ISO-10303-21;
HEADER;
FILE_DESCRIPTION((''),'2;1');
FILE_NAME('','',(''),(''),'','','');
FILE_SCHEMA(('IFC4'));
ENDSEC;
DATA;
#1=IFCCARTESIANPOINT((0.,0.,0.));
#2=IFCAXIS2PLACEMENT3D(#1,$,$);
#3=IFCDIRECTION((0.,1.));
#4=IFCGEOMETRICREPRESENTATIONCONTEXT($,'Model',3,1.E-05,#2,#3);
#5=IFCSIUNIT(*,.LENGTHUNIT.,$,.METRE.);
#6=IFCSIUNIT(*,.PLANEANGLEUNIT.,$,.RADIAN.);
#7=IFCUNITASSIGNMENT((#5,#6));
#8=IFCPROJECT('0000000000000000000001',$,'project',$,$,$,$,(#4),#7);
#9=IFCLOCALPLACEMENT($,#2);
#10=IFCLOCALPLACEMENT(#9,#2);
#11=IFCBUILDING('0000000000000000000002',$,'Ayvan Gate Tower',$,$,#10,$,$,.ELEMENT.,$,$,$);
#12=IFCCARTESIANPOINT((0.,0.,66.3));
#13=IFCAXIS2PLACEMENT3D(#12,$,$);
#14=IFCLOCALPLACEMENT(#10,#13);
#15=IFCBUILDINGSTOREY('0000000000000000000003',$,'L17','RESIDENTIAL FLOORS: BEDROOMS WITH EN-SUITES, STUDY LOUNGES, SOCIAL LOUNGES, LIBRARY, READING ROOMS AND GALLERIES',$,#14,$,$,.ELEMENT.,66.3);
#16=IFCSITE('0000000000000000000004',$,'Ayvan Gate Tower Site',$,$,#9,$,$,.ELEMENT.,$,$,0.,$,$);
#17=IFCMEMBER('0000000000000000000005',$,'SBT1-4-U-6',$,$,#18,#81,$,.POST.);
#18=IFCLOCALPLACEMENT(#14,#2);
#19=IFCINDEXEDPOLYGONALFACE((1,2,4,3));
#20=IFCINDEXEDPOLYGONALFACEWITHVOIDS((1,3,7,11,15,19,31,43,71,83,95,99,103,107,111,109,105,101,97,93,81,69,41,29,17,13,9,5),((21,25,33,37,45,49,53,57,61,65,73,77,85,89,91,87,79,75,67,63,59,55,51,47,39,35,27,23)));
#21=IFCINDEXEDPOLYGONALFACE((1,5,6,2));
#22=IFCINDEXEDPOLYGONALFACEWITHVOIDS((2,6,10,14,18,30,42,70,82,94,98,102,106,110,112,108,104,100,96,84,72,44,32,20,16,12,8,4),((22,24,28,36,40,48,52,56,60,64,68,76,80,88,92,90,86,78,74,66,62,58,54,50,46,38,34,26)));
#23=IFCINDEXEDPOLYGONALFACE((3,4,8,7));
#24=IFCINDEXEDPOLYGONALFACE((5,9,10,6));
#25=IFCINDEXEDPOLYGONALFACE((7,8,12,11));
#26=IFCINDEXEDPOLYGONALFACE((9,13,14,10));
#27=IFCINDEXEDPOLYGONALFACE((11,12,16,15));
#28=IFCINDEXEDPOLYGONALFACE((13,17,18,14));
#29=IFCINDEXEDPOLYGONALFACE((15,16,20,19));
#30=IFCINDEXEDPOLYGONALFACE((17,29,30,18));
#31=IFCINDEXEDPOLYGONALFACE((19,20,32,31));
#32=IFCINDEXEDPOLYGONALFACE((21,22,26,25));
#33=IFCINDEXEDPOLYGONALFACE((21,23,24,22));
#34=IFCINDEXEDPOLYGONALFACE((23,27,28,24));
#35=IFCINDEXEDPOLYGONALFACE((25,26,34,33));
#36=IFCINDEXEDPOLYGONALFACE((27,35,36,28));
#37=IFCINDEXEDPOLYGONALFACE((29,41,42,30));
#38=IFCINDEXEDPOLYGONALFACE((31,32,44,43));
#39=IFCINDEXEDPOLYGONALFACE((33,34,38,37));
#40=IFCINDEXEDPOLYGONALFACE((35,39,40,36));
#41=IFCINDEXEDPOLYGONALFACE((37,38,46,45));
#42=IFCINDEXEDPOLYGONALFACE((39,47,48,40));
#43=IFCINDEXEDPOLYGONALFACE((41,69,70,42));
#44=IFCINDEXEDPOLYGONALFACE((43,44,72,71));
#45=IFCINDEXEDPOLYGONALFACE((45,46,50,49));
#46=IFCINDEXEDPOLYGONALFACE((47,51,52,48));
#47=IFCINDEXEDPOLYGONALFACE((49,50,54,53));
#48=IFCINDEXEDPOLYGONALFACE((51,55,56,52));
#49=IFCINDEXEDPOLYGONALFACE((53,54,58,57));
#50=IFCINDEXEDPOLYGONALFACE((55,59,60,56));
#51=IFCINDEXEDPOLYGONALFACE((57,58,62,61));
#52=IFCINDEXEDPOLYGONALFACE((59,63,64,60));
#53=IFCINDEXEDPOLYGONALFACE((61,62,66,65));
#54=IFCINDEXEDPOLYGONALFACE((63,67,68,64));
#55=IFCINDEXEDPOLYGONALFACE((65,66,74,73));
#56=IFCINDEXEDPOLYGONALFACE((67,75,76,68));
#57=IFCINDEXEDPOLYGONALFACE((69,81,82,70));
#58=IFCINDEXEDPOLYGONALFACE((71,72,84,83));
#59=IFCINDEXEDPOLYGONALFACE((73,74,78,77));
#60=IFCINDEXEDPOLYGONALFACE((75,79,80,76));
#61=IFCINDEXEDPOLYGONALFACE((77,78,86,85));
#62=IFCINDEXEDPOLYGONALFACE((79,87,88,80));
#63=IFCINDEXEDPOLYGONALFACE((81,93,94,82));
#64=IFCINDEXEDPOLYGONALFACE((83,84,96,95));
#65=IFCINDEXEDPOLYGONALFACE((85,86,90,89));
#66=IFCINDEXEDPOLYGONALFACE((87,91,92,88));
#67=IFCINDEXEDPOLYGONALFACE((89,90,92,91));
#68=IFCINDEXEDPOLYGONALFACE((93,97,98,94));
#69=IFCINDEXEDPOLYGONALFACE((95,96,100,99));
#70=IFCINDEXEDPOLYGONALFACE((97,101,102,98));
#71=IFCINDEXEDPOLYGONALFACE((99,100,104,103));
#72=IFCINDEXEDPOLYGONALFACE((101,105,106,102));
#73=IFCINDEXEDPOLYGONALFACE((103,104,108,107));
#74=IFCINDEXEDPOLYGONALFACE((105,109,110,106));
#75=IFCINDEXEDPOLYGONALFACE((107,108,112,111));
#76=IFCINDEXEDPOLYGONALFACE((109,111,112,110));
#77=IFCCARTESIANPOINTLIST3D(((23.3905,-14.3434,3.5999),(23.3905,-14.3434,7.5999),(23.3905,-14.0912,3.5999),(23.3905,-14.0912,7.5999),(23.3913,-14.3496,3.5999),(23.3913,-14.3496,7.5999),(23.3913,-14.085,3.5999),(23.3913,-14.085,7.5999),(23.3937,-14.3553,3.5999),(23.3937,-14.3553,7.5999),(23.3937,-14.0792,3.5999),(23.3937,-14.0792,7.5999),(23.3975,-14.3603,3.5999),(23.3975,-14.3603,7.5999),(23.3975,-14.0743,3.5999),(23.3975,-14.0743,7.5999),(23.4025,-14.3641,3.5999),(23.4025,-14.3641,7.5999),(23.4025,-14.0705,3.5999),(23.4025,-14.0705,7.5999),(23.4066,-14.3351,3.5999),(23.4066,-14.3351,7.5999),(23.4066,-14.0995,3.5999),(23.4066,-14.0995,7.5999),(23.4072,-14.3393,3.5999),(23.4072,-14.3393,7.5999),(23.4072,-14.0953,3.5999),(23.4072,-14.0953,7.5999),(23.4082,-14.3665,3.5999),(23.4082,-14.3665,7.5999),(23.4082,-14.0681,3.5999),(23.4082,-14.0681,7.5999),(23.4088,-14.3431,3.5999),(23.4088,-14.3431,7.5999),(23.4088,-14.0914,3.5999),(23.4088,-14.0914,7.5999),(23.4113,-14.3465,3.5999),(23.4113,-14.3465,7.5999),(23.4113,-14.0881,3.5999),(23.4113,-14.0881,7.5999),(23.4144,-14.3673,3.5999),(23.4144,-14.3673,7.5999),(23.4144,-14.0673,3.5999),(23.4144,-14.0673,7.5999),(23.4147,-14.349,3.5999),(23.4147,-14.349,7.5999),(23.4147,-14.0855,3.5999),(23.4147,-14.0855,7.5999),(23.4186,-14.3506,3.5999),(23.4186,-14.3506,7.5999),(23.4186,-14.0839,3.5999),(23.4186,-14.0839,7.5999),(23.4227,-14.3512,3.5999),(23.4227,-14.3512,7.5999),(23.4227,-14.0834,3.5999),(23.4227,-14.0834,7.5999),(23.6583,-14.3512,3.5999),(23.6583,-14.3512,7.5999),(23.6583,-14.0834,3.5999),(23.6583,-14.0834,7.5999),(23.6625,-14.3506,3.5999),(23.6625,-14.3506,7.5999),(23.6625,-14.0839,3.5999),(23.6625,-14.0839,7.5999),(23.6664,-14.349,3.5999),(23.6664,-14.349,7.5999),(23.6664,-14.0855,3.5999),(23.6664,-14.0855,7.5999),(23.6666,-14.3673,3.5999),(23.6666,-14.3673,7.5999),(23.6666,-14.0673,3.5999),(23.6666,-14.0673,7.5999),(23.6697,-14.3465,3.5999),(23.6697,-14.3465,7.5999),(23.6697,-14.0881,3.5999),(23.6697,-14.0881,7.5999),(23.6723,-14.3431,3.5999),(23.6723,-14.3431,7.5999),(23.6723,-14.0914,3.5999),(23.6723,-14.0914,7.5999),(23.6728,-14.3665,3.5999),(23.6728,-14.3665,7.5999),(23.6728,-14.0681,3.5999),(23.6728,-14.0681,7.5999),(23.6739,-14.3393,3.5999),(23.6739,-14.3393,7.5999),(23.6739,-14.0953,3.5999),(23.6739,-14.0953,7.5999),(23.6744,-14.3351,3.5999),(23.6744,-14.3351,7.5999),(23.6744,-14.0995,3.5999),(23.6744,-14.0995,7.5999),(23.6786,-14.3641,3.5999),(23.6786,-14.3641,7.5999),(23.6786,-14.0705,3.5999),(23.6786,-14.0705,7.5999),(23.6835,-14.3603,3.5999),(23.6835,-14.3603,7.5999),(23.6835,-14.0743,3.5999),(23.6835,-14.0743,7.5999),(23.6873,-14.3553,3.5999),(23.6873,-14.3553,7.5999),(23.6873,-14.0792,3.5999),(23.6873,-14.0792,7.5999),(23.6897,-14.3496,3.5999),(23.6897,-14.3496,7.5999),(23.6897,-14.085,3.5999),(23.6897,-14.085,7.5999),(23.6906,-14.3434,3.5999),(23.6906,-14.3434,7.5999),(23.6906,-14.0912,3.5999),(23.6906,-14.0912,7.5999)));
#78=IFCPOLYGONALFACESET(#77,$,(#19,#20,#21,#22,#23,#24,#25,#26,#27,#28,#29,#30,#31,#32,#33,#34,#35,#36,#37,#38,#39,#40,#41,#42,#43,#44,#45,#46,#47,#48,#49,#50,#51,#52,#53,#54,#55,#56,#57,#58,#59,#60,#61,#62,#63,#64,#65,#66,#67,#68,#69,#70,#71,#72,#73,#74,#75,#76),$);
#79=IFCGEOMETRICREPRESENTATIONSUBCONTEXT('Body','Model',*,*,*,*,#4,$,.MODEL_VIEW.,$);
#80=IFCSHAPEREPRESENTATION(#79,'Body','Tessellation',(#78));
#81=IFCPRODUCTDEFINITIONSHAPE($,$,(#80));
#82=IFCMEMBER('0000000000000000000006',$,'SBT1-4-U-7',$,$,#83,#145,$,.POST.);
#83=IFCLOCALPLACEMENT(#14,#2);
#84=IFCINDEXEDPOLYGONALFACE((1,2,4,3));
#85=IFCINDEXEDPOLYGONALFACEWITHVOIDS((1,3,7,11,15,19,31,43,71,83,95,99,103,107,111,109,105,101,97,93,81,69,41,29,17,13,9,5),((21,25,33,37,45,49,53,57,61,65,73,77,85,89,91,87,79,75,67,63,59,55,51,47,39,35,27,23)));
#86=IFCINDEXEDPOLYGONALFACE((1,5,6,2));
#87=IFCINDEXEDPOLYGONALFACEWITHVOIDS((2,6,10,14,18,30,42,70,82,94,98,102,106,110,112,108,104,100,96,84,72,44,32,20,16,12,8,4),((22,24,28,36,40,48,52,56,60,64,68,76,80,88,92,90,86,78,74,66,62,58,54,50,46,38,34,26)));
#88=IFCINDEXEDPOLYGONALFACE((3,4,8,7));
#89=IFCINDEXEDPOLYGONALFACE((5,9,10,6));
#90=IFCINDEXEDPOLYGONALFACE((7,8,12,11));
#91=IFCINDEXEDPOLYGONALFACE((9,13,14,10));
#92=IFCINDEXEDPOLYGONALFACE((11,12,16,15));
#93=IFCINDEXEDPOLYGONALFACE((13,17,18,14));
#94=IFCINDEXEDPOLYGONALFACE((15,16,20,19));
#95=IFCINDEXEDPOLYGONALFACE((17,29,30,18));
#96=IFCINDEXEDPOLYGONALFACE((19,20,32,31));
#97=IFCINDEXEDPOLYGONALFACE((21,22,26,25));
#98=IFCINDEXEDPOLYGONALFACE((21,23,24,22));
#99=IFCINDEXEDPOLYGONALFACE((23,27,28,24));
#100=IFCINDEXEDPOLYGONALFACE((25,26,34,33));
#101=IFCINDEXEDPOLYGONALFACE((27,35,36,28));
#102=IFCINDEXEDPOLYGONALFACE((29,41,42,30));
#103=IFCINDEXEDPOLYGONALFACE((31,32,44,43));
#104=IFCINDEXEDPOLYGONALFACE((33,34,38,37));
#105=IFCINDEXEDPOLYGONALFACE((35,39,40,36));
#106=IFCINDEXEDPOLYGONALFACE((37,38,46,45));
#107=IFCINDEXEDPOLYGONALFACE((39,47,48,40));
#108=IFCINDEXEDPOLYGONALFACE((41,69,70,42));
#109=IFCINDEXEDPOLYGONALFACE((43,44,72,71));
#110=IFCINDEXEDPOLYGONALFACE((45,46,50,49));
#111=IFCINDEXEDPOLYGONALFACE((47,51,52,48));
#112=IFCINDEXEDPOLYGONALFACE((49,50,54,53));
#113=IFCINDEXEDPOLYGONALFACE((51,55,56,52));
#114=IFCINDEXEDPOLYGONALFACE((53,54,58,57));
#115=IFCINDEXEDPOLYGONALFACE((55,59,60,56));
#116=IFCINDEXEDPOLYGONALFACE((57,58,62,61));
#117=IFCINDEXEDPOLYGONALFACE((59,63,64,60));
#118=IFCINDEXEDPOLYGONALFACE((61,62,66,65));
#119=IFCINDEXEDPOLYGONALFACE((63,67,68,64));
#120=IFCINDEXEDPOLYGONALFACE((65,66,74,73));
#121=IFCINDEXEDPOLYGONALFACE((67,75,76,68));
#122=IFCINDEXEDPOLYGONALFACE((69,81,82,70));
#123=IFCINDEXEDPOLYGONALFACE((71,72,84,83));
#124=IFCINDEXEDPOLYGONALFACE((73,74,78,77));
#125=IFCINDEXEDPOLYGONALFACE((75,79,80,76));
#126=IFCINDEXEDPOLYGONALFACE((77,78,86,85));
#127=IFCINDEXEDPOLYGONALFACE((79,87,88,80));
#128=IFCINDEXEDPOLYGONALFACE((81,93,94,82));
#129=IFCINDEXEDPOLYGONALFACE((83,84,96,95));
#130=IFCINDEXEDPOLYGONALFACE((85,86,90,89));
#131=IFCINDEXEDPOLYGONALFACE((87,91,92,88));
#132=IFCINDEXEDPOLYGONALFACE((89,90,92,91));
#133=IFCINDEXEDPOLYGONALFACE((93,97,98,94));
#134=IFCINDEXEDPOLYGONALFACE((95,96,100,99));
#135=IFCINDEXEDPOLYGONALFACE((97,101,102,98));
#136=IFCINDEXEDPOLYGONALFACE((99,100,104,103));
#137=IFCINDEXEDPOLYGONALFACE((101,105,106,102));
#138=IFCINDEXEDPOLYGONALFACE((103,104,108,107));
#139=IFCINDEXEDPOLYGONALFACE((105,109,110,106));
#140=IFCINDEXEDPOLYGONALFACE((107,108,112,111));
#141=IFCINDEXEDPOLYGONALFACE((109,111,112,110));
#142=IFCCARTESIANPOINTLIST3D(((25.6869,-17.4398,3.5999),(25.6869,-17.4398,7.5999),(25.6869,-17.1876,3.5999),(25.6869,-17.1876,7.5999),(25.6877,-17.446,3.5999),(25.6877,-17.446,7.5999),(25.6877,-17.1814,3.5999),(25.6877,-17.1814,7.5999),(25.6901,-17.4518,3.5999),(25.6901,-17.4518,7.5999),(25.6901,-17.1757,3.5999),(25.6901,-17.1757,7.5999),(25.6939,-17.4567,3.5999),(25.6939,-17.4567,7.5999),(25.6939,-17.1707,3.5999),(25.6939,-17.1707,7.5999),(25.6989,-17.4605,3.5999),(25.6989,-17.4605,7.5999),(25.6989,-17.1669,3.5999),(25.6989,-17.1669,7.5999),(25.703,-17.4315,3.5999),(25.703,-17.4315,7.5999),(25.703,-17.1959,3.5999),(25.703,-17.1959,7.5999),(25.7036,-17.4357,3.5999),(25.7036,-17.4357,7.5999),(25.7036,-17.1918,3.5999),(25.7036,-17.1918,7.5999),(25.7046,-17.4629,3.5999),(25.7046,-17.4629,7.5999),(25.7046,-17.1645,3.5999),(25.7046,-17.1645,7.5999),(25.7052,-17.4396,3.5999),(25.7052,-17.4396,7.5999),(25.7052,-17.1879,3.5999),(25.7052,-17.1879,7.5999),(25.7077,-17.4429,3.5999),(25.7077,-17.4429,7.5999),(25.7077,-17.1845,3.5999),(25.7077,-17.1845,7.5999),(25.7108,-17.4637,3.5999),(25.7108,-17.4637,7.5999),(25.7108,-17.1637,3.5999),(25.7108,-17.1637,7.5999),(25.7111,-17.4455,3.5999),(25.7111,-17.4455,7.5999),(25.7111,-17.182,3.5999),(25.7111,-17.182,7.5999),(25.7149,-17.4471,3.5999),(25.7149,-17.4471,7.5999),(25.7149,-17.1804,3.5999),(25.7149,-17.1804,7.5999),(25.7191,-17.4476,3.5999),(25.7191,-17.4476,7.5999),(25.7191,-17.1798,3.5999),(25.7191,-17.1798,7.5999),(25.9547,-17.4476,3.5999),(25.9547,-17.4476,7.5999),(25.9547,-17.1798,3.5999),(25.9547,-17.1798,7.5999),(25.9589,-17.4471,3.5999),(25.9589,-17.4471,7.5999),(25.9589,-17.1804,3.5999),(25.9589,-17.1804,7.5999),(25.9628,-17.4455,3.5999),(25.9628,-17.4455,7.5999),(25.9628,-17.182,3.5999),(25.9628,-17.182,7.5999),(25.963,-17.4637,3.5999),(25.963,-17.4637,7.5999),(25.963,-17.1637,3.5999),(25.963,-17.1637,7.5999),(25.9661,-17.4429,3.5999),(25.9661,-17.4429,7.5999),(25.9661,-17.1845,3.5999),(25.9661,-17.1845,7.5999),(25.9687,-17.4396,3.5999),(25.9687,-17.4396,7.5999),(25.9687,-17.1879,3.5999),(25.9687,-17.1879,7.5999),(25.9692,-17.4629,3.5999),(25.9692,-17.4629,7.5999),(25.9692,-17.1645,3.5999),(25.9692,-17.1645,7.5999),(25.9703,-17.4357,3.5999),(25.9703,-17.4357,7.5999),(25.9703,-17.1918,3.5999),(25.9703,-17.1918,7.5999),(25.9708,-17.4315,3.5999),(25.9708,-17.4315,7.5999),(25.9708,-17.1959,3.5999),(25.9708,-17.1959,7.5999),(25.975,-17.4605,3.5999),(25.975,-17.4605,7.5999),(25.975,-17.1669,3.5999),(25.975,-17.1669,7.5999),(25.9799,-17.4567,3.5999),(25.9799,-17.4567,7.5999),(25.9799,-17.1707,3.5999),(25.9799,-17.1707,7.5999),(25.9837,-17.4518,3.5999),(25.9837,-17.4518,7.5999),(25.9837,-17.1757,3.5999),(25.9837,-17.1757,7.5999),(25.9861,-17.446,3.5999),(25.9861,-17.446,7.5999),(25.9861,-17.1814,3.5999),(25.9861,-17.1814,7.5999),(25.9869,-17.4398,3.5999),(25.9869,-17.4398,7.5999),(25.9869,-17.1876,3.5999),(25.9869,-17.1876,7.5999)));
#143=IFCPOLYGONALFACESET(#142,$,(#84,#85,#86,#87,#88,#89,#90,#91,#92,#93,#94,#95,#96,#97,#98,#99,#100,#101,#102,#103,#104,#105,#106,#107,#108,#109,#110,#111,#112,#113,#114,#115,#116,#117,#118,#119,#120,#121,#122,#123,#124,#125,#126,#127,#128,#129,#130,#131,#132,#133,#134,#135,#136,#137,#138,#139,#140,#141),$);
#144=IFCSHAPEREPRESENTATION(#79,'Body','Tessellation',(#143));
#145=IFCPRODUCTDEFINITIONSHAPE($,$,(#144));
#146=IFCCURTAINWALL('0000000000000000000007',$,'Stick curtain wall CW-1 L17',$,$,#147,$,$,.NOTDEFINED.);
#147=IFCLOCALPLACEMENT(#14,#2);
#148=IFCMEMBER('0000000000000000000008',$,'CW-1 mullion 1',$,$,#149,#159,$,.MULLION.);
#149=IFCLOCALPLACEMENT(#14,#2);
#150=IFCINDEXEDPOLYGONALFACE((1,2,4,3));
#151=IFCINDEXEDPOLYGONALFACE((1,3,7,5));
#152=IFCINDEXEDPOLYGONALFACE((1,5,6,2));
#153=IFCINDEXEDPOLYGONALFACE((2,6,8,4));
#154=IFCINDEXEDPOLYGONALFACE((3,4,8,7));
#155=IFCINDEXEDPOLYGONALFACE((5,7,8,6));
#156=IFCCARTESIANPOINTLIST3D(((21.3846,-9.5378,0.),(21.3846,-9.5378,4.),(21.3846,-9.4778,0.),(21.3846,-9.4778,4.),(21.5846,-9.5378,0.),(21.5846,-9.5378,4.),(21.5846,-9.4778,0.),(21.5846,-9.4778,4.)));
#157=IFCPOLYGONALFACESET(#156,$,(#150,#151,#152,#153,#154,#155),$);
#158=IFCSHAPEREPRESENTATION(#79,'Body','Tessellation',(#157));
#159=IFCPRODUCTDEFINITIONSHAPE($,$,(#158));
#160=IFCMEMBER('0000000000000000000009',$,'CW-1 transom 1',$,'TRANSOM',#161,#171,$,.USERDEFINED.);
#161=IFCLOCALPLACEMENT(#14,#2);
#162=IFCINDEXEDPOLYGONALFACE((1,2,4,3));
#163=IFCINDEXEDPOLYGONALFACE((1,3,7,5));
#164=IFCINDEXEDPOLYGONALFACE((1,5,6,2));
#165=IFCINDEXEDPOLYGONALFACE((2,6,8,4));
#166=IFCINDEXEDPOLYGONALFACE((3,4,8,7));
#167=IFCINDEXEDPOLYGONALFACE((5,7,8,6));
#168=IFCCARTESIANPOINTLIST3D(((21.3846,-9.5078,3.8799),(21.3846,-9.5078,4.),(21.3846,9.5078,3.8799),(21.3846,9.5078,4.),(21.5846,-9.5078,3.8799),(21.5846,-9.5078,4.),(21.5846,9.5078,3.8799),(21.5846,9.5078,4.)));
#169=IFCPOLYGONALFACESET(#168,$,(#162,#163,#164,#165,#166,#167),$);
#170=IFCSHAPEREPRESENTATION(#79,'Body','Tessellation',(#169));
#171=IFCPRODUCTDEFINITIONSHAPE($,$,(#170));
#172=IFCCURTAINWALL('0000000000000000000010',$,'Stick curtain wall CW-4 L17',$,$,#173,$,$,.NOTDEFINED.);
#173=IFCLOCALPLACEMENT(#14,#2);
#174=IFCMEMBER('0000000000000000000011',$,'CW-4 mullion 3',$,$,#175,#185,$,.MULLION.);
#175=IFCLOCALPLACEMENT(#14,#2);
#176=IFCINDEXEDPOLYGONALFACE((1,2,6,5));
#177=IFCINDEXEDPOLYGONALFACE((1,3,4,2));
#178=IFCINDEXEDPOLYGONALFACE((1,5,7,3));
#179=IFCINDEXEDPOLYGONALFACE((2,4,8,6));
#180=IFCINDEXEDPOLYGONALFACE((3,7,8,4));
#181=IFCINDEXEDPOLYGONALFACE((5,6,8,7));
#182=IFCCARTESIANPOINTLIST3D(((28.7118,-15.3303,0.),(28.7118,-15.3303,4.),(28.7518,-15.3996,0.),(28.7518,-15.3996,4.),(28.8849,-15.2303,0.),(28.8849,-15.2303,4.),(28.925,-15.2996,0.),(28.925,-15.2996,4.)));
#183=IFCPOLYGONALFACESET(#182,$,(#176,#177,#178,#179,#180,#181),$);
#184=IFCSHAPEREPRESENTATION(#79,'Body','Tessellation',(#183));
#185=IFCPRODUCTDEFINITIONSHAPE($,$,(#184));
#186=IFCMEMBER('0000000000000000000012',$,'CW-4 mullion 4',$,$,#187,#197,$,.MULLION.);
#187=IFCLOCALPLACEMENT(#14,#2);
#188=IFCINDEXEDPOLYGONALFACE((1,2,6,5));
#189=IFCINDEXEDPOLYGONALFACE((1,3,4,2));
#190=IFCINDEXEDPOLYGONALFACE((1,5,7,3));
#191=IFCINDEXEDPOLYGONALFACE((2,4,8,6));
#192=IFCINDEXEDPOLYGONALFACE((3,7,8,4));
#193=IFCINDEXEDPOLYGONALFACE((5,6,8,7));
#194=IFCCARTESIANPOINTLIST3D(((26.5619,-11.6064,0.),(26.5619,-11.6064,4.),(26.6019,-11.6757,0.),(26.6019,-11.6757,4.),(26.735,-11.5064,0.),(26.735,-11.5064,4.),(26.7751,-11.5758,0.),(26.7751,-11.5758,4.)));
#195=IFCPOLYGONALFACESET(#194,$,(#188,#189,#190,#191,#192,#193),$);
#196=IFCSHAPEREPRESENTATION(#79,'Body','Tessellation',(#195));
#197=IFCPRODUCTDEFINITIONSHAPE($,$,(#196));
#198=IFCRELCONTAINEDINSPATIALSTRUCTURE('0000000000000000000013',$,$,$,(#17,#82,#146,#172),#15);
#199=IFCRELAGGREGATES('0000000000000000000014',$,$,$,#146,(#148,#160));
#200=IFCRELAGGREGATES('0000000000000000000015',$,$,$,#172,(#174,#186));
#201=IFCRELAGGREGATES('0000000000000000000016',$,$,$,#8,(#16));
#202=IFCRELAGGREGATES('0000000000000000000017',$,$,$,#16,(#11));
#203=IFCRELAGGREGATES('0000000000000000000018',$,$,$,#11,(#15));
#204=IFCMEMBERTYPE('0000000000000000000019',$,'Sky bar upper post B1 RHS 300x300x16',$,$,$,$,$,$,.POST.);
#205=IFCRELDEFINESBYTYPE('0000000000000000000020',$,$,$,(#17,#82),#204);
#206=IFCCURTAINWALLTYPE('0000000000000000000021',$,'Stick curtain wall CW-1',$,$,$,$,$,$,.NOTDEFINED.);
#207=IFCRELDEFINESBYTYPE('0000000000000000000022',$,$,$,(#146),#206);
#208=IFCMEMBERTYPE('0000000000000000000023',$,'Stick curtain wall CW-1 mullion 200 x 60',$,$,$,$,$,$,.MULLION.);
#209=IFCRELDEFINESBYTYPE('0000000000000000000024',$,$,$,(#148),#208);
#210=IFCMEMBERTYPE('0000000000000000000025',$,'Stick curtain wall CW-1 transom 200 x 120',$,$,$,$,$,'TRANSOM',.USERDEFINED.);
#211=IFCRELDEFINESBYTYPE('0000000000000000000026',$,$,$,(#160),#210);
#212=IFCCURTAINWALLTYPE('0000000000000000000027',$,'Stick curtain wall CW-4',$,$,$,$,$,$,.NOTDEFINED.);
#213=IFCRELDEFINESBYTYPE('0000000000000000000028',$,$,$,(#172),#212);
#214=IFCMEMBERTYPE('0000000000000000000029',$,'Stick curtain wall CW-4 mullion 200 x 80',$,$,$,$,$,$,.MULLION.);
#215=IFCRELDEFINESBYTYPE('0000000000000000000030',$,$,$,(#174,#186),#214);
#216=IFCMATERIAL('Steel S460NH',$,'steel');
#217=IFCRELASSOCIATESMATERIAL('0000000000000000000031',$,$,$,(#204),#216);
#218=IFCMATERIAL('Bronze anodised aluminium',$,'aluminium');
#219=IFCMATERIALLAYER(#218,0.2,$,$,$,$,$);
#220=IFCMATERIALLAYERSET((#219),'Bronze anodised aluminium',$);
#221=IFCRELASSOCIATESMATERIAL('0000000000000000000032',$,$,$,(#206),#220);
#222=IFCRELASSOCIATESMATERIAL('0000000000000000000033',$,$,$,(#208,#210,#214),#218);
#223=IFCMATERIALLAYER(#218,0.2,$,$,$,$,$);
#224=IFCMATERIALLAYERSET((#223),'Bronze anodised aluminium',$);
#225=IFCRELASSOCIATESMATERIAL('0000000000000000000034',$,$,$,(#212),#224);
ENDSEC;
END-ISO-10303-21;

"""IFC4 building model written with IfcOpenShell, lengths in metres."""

from ifc_helpers import new_model, si_unit, direction, frame, origin, origin_2d, place, context, subcontext, project, spatial, rectangle, hollow_rectangle, extrude, material, layer, layer_set, material_profile, profile_set, type_object, element, aggregate, save


model = new_model("IFC4")

# Units and contexts
model_context = context("Model", 3, precision=1e-05, world=origin(), true_north=direction((0.0, 1.0)))
body_context = subcontext(model_context, "Body", "Model", "MODEL_VIEW")
ifc_project = project(units=[si_unit("LENGTHUNIT", "METRE"), si_unit("PLANEANGLEUNIT", "RADIAN")], contexts=[model_context])

# Site, building, storey
site_placement = place(None, origin())
site = spatial("IfcSite", under=ifc_project, at=site_placement, Name="Ayvan Gate Tower Site", CompositionType="ELEMENT", RefElevation=0.0)
building_placement = place(site_placement, origin())
building = spatial("IfcBuilding", under=site, at=building_placement, Name="Ayvan Gate Tower", CompositionType="ELEMENT")
storey_placement = place(building_placement, frame((0.0, 0.0, 66.3)))
storey = spatial("IfcBuildingStorey", under=building, at=storey_placement, Name="L17", Description="RESIDENTIAL FLOORS: BEDROOMS WITH EN-SUITES, STUDY LOUNGES, SOCIAL LOUNGES, LIBRARY, READING ROOMS AND GALLERIES", CompositionType="ELEMENT", Elevation=66.3)

# Members
ifc_material_1 = material(Name="Steel S460NH", Category="steel")
ifc_material_profile_1 = material_profile(ifc_material_1, hollow_rectangle(XDim=0.3, YDim=0.3, WallThickness=0.0161, InnerFilletRadius=0.0161, OuterFilletRadius=0.0239, at=origin_2d()), Name="RHS 300x300x16")
ifc_profile_set_1 = profile_set([ifc_material_profile_1], Name="Steel S460NH")
member_type_1 = type_object("IfcMemberType", Name="Sky bar upper post B1 RHS 300x300x16", PredefinedType="POST", material=ifc_profile_set_1)
for number, where, z_axis, x_axis, name in (
    (1, (23.5405, -14.2173, 3.5999), (0.0, 0.0, 1.0), (1.0, 0.0, 0.0), "SBT1-4-U-6"),
    (2, (25.8369, -17.3137, 3.5999), (0.0, 0.0, 1.0), (1.0, 0.0, 0.0), "SBT1-4-U-7"),
):
    element("IfcMember", number, at=place(storey_placement, frame(where, z_axis=z_axis, x_axis=x_axis)), inside=storey, type_object=member_type_1, Name=name, PredefinedType="POST", context=body_context, shape_type="SweptSolid", body=[
        extrude(hollow_rectangle(XDim=0.3, YDim=0.3, WallThickness=0.0161, InnerFilletRadius=0.0161, OuterFilletRadius=0.0239, at=origin_2d()), origin(), (0.0, 0.0, 1.0), 4.0),
    ])

# Curtain walls, members
ifc_material_2 = material(Name="Bronze anodised aluminium", Category="aluminium")
ifc_layer_1 = layer(ifc_material_2, 0.2)
ifc_layer_set_1 = layer_set([ifc_layer_1], Name="Bronze anodised aluminium")
curtain_wall_type_1 = type_object("IfcCurtainWallType", Name="Stick curtain wall CW-1", PredefinedType="NOTDEFINED", material=ifc_layer_set_1)
curtain_wall_1_placement = place(storey_placement, origin())
curtain_wall_1 = element("IfcCurtainWall", 3, at=curtain_wall_1_placement, inside=storey, type_object=curtain_wall_type_1, Name="Stick curtain wall CW-1 L17", PredefinedType="NOTDEFINED")
ifc_material_profile_2 = material_profile(ifc_material_2, rectangle(XDim=0.2, YDim=0.0601, at=origin_2d()), Name="Stick curtain wall CW-1 mullion 200 x 60")
ifc_profile_set_2 = profile_set([ifc_material_profile_2], Name="Bronze anodised aluminium")
member_type_2 = type_object("IfcMemberType", Name="Stick curtain wall CW-1 mullion 200 x 60", PredefinedType="MULLION", material=ifc_profile_set_2)
member_1_placement = place(storey_placement, frame((21.4846, -9.5078, 0.0), z_axis=(0.0, 0.0, 1.0), x_axis=(1.0, 0.0, 0.0)))
member_1 = element("IfcMember", 4, at=member_1_placement, type_object=member_type_2, Name="CW-1 mullion 1", PredefinedType="MULLION", context=body_context, shape_type="SweptSolid", body=[
    extrude(rectangle(XDim=0.2, YDim=0.0601, at=origin_2d()), origin(), (0.0, 0.0, 1.0), 4.0),
])
ifc_material_profile_3 = material_profile(ifc_material_2, rectangle(XDim=0.2, YDim=0.1201, at=origin_2d()), Name="Stick curtain wall CW-1 transom 200 x 120")
ifc_profile_set_3 = profile_set([ifc_material_profile_3], Name="Bronze anodised aluminium")
member_type_3 = type_object("IfcMemberType", Name="Stick curtain wall CW-1 transom 200 x 120", ElementType="TRANSOM", PredefinedType="USERDEFINED", material=ifc_profile_set_3)
member_2_placement = place(storey_placement, frame((21.4846, -9.5078, 3.9399), z_axis=(0.0, 1.0, 0.0), x_axis=(-1.0, 0.0, 0.0)))
member_2 = element("IfcMember", 5, at=member_2_placement, type_object=member_type_3, Name="CW-1 transom 1", ObjectType="TRANSOM", PredefinedType="USERDEFINED", context=body_context, shape_type="SweptSolid", body=[
    extrude(rectangle(XDim=0.2, YDim=0.1201, at=origin_2d()), origin(), (0.0, 0.0, 1.0), 19.0156),
])
aggregate(curtain_wall_1, [member_1, member_2])
ifc_layer_2 = layer(ifc_material_2, 0.2)
ifc_layer_set_2 = layer_set([ifc_layer_2], Name="Bronze anodised aluminium")
curtain_wall_type_2 = type_object("IfcCurtainWallType", Name="Stick curtain wall CW-4", PredefinedType="NOTDEFINED", material=ifc_layer_set_2)
curtain_wall_2_placement = place(storey_placement, origin())
curtain_wall_2 = element("IfcCurtainWall", 6, at=curtain_wall_2_placement, inside=storey, type_object=curtain_wall_type_2, Name="Stick curtain wall CW-4 L17", PredefinedType="NOTDEFINED")
ifc_material_profile_4 = material_profile(ifc_material_2, rectangle(XDim=0.2, YDim=0.0801, at=origin_2d()), Name="Stick curtain wall CW-4 mullion 200 x 80")
ifc_profile_set_4 = profile_set([ifc_material_profile_4], Name="Bronze anodised aluminium")
member_type_4 = type_object("IfcMemberType", Name="Stick curtain wall CW-4 mullion 200 x 80", PredefinedType="MULLION", material=ifc_profile_set_4)
member_3_placement = place(storey_placement, frame((28.8184, -15.3149, 0.0), z_axis=(0.0, 0.0, 1.0), x_axis=(0.866025, 0.5, 0.0)))
member_3 = element("IfcMember", 7, at=member_3_placement, type_object=member_type_4, Name="CW-4 mullion 3", PredefinedType="MULLION", context=body_context, shape_type="SweptSolid", body=[
    extrude(rectangle(XDim=0.2, YDim=0.0801, at=origin_2d()), origin(), (0.0, 0.0, 1.0), 4.0),
])
member_4_placement = place(storey_placement, frame((26.6685, -11.5911, 0.0), z_axis=(0.0, 0.0, 1.0), x_axis=(0.866025, 0.5, 0.0)))
member_4 = element("IfcMember", 8, at=member_4_placement, type_object=member_type_4, Name="CW-4 mullion 4", PredefinedType="MULLION", context=body_context, shape_type="SweptSolid", body=[
    extrude(rectangle(XDim=0.2, YDim=0.0801, at=origin_2d()), origin(), (0.0, 0.0, 1.0), 4.0),
])

aggregate(curtain_wall_2, [member_3, member_4])

save(model, "model.ifc")
